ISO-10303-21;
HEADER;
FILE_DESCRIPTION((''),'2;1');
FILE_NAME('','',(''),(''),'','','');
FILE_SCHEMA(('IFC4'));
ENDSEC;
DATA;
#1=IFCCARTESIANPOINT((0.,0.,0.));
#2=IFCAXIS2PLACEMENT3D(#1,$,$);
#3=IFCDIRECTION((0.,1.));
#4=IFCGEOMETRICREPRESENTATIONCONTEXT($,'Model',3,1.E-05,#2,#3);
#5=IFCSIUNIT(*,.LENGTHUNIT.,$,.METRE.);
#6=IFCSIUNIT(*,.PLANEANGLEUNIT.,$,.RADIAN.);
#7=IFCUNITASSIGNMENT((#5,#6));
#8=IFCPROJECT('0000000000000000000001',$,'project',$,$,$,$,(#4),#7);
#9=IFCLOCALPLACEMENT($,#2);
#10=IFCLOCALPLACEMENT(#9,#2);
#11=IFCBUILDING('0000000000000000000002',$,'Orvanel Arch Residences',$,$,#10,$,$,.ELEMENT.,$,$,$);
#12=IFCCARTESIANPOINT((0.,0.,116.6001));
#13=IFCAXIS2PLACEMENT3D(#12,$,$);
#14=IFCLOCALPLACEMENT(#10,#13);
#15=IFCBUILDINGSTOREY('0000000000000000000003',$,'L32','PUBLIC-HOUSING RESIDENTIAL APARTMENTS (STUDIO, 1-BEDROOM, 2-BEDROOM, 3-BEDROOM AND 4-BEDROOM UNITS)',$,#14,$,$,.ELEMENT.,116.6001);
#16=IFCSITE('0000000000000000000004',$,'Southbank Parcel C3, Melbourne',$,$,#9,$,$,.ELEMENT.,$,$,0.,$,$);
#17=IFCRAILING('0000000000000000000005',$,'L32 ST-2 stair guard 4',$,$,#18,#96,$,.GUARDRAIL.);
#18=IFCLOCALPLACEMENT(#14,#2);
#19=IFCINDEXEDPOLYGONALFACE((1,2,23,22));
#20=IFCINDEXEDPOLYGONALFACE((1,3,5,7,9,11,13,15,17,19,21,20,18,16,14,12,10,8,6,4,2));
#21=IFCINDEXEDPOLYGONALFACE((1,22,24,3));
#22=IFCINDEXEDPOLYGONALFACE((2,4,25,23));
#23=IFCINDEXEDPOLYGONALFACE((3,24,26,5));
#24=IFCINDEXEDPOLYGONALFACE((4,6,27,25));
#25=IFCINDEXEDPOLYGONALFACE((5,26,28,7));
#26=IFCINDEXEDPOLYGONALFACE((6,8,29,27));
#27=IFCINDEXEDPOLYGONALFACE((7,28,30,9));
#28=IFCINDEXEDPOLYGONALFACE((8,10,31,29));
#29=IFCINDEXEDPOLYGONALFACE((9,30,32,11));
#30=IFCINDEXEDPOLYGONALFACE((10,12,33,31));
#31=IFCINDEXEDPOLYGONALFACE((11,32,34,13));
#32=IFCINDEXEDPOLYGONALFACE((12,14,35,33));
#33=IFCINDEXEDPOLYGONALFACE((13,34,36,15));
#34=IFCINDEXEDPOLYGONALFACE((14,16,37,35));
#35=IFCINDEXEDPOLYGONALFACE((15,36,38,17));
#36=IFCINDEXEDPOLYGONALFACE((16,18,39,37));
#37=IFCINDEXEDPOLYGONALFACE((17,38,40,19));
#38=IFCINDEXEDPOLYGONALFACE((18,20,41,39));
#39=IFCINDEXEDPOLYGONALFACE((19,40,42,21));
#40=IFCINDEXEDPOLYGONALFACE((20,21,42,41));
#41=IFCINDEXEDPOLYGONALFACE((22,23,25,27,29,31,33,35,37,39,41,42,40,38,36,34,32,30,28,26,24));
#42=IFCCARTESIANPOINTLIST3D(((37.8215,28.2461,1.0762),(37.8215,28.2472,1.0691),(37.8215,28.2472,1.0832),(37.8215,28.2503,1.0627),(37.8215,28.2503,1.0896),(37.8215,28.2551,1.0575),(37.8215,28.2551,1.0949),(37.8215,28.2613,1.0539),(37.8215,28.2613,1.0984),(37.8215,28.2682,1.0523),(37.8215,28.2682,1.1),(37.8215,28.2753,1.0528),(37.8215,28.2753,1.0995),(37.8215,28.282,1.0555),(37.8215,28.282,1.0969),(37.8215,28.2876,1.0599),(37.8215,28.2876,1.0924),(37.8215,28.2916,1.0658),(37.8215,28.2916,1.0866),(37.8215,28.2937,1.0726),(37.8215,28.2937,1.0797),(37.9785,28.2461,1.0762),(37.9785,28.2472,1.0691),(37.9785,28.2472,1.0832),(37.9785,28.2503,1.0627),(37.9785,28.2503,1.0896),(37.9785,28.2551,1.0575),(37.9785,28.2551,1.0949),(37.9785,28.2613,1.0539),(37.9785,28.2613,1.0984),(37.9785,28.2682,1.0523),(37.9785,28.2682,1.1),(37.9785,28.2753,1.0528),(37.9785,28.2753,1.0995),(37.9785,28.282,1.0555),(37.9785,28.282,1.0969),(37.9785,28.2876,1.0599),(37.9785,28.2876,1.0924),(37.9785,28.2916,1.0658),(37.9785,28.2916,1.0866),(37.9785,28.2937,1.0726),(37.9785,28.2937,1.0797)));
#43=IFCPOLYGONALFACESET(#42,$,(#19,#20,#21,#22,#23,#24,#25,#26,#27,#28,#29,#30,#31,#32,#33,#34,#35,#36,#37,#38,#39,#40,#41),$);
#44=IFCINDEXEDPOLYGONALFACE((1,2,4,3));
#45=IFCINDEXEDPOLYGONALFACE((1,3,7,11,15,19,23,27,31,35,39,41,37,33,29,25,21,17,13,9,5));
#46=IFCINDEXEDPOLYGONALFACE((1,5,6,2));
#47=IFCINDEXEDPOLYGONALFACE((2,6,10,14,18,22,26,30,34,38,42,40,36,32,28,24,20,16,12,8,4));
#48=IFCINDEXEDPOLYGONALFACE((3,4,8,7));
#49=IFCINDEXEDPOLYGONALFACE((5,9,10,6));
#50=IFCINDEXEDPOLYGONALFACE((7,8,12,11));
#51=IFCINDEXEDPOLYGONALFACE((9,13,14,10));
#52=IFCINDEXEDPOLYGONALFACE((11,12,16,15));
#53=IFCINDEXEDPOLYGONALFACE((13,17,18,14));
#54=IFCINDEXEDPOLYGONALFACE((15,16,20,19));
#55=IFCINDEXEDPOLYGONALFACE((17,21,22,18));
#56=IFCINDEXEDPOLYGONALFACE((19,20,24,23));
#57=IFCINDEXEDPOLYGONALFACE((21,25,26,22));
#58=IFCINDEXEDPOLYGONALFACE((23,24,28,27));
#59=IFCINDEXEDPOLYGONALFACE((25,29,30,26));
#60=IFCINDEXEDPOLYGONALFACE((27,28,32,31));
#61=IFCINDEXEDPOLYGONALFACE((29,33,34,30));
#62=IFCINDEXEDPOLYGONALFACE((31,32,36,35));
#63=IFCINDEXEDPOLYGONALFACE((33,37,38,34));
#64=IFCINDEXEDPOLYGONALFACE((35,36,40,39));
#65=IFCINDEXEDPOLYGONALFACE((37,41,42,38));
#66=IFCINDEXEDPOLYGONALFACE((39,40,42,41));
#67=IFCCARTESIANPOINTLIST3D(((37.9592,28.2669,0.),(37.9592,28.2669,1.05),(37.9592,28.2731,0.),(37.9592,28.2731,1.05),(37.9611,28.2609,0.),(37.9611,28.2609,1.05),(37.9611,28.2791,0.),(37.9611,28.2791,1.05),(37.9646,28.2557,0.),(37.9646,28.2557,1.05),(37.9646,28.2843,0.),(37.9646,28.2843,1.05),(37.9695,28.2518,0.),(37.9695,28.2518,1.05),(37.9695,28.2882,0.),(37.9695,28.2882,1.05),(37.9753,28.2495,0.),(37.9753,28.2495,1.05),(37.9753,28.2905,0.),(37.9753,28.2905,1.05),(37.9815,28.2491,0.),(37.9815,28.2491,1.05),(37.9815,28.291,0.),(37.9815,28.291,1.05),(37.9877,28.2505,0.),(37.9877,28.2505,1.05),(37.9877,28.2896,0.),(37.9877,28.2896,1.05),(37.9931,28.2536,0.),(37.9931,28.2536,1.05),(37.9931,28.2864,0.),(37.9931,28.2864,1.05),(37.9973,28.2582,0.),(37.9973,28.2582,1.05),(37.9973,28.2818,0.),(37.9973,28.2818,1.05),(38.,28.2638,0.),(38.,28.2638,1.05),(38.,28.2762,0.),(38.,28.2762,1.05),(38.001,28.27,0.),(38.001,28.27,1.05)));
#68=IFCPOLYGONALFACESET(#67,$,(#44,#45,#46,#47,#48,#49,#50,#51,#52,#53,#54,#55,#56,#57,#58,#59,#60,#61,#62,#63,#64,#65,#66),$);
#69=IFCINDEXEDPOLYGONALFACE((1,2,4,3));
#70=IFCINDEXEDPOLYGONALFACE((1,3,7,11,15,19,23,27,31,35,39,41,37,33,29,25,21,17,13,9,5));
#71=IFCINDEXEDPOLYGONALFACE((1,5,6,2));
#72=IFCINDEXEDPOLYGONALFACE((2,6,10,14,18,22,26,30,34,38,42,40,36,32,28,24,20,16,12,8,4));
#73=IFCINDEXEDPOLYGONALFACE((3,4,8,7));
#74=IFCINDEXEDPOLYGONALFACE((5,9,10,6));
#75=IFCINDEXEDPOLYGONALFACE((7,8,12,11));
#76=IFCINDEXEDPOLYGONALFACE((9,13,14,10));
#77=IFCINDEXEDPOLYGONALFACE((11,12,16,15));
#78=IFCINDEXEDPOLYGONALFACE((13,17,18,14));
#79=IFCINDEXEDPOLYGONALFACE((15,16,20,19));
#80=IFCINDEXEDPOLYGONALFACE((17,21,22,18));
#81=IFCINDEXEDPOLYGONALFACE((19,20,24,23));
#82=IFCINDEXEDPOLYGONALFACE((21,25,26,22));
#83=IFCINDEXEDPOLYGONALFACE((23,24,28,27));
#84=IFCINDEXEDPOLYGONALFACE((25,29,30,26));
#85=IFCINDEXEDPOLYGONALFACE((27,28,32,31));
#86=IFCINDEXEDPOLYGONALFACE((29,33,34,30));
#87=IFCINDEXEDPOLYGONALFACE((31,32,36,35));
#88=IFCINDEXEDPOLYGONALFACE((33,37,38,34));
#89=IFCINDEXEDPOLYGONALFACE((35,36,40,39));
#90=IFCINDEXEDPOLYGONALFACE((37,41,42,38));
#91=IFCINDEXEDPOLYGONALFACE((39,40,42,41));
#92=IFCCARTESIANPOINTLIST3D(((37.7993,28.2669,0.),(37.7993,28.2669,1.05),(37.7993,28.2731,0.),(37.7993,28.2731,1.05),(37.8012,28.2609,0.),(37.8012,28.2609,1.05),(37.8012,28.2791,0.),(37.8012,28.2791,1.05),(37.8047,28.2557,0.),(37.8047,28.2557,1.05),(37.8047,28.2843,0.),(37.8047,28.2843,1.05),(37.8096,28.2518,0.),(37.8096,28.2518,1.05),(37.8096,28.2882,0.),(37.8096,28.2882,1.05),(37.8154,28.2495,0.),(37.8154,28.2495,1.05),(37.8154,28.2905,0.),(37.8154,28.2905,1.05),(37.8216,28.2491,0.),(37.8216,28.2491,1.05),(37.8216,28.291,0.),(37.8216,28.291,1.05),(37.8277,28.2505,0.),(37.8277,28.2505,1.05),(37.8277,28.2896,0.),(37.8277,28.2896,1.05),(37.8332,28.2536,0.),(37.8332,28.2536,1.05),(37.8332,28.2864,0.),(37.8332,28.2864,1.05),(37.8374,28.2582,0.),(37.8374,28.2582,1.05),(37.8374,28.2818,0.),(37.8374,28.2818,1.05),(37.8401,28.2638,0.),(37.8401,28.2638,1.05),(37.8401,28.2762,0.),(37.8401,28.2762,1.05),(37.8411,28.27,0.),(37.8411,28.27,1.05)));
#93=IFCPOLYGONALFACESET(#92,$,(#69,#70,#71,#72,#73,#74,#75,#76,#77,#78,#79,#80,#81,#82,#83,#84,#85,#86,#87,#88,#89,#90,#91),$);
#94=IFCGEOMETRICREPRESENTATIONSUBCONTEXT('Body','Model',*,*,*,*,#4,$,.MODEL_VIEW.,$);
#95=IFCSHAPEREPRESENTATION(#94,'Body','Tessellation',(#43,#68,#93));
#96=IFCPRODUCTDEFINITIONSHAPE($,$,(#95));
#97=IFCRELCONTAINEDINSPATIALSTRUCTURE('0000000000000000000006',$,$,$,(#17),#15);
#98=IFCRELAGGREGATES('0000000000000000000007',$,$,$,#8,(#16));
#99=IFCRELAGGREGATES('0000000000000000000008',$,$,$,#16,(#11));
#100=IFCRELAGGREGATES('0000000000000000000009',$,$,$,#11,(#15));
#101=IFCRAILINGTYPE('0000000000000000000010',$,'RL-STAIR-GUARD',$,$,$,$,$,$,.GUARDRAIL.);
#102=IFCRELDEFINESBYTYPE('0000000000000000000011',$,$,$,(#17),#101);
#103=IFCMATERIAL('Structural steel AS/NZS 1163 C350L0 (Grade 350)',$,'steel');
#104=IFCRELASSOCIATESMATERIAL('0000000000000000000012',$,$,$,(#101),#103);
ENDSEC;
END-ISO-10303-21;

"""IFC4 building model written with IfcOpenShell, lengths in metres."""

from ifc_helpers import new_model, si_unit, direction, frame, origin, origin_2d, place, context, subcontext, project, spatial, circle, extrude, material, type_object, element, save


model = new_model("IFC4")

# Units and contexts
model_context = context("Model", 3, precision=1e-05, world=origin(), true_north=direction((0.0, 1.0)))
body_context = subcontext(model_context, "Body", "Model", "MODEL_VIEW")
ifc_project = project(units=[si_unit("LENGTHUNIT", "METRE"), si_unit("PLANEANGLEUNIT", "RADIAN")], contexts=[model_context])

# Site, building, storey
site_placement = place(None, origin())
site = spatial("IfcSite", under=ifc_project, at=site_placement, Name="Southbank Parcel C3, Melbourne", CompositionType="ELEMENT", RefElevation=0.0)
building_placement = place(site_placement, origin())
building = spatial("IfcBuilding", under=site, at=building_placement, Name="Orvanel Arch Residences", CompositionType="ELEMENT")
storey_placement = place(building_placement, frame((0.0, 0.0, 116.6001)))
storey = spatial("IfcBuildingStorey", under=building, at=storey_placement, Name="L32", Description="PUBLIC-HOUSING RESIDENTIAL APARTMENTS (STUDIO, 1-BEDROOM, 2-BEDROOM, 3-BEDROOM AND 4-BEDROOM UNITS)", CompositionType="ELEMENT", Elevation=116.6001)

# Railing
ifc_material_1 = material(Name="Structural steel AS/NZS 1163 C350L0 (Grade 350)", Category="steel")
railing_type_1 = type_object("IfcRailingType", Name="RL-STAIR-GUARD", PredefinedType="GUARDRAIL", material=ifc_material_1)
railing_1_placement = place(storey_placement, frame((37.98, 28.27, 0.0)))
element("IfcRailing", 1, at=railing_1_placement, inside=storey, type_object=railing_type_1, Name="L32 ST-2 stair guard 4", PredefinedType="GUARDRAIL", context=body_context, shape_type="SweptSolid", body=[
    extrude(circle(Radius=0.0239, at=origin_2d()), frame((-0.0015, 0.0, 1.0762), z_axis=(-1.0, 0.0, 0.0), x_axis=(0.0, -1.0, 0.0)), (0.0, 0.0, 1.0), 0.157),
    extrude(circle(Radius=0.021, at=origin_2d()), origin(), (0.0, 0.0, 1.0), 1.05),
    extrude(circle(Radius=0.021, at=origin_2d()), frame((-0.1599, 0.0, 0.0)), (0.0, 0.0, 1.0), 1.05),
])

save(model, "model.ifc")
